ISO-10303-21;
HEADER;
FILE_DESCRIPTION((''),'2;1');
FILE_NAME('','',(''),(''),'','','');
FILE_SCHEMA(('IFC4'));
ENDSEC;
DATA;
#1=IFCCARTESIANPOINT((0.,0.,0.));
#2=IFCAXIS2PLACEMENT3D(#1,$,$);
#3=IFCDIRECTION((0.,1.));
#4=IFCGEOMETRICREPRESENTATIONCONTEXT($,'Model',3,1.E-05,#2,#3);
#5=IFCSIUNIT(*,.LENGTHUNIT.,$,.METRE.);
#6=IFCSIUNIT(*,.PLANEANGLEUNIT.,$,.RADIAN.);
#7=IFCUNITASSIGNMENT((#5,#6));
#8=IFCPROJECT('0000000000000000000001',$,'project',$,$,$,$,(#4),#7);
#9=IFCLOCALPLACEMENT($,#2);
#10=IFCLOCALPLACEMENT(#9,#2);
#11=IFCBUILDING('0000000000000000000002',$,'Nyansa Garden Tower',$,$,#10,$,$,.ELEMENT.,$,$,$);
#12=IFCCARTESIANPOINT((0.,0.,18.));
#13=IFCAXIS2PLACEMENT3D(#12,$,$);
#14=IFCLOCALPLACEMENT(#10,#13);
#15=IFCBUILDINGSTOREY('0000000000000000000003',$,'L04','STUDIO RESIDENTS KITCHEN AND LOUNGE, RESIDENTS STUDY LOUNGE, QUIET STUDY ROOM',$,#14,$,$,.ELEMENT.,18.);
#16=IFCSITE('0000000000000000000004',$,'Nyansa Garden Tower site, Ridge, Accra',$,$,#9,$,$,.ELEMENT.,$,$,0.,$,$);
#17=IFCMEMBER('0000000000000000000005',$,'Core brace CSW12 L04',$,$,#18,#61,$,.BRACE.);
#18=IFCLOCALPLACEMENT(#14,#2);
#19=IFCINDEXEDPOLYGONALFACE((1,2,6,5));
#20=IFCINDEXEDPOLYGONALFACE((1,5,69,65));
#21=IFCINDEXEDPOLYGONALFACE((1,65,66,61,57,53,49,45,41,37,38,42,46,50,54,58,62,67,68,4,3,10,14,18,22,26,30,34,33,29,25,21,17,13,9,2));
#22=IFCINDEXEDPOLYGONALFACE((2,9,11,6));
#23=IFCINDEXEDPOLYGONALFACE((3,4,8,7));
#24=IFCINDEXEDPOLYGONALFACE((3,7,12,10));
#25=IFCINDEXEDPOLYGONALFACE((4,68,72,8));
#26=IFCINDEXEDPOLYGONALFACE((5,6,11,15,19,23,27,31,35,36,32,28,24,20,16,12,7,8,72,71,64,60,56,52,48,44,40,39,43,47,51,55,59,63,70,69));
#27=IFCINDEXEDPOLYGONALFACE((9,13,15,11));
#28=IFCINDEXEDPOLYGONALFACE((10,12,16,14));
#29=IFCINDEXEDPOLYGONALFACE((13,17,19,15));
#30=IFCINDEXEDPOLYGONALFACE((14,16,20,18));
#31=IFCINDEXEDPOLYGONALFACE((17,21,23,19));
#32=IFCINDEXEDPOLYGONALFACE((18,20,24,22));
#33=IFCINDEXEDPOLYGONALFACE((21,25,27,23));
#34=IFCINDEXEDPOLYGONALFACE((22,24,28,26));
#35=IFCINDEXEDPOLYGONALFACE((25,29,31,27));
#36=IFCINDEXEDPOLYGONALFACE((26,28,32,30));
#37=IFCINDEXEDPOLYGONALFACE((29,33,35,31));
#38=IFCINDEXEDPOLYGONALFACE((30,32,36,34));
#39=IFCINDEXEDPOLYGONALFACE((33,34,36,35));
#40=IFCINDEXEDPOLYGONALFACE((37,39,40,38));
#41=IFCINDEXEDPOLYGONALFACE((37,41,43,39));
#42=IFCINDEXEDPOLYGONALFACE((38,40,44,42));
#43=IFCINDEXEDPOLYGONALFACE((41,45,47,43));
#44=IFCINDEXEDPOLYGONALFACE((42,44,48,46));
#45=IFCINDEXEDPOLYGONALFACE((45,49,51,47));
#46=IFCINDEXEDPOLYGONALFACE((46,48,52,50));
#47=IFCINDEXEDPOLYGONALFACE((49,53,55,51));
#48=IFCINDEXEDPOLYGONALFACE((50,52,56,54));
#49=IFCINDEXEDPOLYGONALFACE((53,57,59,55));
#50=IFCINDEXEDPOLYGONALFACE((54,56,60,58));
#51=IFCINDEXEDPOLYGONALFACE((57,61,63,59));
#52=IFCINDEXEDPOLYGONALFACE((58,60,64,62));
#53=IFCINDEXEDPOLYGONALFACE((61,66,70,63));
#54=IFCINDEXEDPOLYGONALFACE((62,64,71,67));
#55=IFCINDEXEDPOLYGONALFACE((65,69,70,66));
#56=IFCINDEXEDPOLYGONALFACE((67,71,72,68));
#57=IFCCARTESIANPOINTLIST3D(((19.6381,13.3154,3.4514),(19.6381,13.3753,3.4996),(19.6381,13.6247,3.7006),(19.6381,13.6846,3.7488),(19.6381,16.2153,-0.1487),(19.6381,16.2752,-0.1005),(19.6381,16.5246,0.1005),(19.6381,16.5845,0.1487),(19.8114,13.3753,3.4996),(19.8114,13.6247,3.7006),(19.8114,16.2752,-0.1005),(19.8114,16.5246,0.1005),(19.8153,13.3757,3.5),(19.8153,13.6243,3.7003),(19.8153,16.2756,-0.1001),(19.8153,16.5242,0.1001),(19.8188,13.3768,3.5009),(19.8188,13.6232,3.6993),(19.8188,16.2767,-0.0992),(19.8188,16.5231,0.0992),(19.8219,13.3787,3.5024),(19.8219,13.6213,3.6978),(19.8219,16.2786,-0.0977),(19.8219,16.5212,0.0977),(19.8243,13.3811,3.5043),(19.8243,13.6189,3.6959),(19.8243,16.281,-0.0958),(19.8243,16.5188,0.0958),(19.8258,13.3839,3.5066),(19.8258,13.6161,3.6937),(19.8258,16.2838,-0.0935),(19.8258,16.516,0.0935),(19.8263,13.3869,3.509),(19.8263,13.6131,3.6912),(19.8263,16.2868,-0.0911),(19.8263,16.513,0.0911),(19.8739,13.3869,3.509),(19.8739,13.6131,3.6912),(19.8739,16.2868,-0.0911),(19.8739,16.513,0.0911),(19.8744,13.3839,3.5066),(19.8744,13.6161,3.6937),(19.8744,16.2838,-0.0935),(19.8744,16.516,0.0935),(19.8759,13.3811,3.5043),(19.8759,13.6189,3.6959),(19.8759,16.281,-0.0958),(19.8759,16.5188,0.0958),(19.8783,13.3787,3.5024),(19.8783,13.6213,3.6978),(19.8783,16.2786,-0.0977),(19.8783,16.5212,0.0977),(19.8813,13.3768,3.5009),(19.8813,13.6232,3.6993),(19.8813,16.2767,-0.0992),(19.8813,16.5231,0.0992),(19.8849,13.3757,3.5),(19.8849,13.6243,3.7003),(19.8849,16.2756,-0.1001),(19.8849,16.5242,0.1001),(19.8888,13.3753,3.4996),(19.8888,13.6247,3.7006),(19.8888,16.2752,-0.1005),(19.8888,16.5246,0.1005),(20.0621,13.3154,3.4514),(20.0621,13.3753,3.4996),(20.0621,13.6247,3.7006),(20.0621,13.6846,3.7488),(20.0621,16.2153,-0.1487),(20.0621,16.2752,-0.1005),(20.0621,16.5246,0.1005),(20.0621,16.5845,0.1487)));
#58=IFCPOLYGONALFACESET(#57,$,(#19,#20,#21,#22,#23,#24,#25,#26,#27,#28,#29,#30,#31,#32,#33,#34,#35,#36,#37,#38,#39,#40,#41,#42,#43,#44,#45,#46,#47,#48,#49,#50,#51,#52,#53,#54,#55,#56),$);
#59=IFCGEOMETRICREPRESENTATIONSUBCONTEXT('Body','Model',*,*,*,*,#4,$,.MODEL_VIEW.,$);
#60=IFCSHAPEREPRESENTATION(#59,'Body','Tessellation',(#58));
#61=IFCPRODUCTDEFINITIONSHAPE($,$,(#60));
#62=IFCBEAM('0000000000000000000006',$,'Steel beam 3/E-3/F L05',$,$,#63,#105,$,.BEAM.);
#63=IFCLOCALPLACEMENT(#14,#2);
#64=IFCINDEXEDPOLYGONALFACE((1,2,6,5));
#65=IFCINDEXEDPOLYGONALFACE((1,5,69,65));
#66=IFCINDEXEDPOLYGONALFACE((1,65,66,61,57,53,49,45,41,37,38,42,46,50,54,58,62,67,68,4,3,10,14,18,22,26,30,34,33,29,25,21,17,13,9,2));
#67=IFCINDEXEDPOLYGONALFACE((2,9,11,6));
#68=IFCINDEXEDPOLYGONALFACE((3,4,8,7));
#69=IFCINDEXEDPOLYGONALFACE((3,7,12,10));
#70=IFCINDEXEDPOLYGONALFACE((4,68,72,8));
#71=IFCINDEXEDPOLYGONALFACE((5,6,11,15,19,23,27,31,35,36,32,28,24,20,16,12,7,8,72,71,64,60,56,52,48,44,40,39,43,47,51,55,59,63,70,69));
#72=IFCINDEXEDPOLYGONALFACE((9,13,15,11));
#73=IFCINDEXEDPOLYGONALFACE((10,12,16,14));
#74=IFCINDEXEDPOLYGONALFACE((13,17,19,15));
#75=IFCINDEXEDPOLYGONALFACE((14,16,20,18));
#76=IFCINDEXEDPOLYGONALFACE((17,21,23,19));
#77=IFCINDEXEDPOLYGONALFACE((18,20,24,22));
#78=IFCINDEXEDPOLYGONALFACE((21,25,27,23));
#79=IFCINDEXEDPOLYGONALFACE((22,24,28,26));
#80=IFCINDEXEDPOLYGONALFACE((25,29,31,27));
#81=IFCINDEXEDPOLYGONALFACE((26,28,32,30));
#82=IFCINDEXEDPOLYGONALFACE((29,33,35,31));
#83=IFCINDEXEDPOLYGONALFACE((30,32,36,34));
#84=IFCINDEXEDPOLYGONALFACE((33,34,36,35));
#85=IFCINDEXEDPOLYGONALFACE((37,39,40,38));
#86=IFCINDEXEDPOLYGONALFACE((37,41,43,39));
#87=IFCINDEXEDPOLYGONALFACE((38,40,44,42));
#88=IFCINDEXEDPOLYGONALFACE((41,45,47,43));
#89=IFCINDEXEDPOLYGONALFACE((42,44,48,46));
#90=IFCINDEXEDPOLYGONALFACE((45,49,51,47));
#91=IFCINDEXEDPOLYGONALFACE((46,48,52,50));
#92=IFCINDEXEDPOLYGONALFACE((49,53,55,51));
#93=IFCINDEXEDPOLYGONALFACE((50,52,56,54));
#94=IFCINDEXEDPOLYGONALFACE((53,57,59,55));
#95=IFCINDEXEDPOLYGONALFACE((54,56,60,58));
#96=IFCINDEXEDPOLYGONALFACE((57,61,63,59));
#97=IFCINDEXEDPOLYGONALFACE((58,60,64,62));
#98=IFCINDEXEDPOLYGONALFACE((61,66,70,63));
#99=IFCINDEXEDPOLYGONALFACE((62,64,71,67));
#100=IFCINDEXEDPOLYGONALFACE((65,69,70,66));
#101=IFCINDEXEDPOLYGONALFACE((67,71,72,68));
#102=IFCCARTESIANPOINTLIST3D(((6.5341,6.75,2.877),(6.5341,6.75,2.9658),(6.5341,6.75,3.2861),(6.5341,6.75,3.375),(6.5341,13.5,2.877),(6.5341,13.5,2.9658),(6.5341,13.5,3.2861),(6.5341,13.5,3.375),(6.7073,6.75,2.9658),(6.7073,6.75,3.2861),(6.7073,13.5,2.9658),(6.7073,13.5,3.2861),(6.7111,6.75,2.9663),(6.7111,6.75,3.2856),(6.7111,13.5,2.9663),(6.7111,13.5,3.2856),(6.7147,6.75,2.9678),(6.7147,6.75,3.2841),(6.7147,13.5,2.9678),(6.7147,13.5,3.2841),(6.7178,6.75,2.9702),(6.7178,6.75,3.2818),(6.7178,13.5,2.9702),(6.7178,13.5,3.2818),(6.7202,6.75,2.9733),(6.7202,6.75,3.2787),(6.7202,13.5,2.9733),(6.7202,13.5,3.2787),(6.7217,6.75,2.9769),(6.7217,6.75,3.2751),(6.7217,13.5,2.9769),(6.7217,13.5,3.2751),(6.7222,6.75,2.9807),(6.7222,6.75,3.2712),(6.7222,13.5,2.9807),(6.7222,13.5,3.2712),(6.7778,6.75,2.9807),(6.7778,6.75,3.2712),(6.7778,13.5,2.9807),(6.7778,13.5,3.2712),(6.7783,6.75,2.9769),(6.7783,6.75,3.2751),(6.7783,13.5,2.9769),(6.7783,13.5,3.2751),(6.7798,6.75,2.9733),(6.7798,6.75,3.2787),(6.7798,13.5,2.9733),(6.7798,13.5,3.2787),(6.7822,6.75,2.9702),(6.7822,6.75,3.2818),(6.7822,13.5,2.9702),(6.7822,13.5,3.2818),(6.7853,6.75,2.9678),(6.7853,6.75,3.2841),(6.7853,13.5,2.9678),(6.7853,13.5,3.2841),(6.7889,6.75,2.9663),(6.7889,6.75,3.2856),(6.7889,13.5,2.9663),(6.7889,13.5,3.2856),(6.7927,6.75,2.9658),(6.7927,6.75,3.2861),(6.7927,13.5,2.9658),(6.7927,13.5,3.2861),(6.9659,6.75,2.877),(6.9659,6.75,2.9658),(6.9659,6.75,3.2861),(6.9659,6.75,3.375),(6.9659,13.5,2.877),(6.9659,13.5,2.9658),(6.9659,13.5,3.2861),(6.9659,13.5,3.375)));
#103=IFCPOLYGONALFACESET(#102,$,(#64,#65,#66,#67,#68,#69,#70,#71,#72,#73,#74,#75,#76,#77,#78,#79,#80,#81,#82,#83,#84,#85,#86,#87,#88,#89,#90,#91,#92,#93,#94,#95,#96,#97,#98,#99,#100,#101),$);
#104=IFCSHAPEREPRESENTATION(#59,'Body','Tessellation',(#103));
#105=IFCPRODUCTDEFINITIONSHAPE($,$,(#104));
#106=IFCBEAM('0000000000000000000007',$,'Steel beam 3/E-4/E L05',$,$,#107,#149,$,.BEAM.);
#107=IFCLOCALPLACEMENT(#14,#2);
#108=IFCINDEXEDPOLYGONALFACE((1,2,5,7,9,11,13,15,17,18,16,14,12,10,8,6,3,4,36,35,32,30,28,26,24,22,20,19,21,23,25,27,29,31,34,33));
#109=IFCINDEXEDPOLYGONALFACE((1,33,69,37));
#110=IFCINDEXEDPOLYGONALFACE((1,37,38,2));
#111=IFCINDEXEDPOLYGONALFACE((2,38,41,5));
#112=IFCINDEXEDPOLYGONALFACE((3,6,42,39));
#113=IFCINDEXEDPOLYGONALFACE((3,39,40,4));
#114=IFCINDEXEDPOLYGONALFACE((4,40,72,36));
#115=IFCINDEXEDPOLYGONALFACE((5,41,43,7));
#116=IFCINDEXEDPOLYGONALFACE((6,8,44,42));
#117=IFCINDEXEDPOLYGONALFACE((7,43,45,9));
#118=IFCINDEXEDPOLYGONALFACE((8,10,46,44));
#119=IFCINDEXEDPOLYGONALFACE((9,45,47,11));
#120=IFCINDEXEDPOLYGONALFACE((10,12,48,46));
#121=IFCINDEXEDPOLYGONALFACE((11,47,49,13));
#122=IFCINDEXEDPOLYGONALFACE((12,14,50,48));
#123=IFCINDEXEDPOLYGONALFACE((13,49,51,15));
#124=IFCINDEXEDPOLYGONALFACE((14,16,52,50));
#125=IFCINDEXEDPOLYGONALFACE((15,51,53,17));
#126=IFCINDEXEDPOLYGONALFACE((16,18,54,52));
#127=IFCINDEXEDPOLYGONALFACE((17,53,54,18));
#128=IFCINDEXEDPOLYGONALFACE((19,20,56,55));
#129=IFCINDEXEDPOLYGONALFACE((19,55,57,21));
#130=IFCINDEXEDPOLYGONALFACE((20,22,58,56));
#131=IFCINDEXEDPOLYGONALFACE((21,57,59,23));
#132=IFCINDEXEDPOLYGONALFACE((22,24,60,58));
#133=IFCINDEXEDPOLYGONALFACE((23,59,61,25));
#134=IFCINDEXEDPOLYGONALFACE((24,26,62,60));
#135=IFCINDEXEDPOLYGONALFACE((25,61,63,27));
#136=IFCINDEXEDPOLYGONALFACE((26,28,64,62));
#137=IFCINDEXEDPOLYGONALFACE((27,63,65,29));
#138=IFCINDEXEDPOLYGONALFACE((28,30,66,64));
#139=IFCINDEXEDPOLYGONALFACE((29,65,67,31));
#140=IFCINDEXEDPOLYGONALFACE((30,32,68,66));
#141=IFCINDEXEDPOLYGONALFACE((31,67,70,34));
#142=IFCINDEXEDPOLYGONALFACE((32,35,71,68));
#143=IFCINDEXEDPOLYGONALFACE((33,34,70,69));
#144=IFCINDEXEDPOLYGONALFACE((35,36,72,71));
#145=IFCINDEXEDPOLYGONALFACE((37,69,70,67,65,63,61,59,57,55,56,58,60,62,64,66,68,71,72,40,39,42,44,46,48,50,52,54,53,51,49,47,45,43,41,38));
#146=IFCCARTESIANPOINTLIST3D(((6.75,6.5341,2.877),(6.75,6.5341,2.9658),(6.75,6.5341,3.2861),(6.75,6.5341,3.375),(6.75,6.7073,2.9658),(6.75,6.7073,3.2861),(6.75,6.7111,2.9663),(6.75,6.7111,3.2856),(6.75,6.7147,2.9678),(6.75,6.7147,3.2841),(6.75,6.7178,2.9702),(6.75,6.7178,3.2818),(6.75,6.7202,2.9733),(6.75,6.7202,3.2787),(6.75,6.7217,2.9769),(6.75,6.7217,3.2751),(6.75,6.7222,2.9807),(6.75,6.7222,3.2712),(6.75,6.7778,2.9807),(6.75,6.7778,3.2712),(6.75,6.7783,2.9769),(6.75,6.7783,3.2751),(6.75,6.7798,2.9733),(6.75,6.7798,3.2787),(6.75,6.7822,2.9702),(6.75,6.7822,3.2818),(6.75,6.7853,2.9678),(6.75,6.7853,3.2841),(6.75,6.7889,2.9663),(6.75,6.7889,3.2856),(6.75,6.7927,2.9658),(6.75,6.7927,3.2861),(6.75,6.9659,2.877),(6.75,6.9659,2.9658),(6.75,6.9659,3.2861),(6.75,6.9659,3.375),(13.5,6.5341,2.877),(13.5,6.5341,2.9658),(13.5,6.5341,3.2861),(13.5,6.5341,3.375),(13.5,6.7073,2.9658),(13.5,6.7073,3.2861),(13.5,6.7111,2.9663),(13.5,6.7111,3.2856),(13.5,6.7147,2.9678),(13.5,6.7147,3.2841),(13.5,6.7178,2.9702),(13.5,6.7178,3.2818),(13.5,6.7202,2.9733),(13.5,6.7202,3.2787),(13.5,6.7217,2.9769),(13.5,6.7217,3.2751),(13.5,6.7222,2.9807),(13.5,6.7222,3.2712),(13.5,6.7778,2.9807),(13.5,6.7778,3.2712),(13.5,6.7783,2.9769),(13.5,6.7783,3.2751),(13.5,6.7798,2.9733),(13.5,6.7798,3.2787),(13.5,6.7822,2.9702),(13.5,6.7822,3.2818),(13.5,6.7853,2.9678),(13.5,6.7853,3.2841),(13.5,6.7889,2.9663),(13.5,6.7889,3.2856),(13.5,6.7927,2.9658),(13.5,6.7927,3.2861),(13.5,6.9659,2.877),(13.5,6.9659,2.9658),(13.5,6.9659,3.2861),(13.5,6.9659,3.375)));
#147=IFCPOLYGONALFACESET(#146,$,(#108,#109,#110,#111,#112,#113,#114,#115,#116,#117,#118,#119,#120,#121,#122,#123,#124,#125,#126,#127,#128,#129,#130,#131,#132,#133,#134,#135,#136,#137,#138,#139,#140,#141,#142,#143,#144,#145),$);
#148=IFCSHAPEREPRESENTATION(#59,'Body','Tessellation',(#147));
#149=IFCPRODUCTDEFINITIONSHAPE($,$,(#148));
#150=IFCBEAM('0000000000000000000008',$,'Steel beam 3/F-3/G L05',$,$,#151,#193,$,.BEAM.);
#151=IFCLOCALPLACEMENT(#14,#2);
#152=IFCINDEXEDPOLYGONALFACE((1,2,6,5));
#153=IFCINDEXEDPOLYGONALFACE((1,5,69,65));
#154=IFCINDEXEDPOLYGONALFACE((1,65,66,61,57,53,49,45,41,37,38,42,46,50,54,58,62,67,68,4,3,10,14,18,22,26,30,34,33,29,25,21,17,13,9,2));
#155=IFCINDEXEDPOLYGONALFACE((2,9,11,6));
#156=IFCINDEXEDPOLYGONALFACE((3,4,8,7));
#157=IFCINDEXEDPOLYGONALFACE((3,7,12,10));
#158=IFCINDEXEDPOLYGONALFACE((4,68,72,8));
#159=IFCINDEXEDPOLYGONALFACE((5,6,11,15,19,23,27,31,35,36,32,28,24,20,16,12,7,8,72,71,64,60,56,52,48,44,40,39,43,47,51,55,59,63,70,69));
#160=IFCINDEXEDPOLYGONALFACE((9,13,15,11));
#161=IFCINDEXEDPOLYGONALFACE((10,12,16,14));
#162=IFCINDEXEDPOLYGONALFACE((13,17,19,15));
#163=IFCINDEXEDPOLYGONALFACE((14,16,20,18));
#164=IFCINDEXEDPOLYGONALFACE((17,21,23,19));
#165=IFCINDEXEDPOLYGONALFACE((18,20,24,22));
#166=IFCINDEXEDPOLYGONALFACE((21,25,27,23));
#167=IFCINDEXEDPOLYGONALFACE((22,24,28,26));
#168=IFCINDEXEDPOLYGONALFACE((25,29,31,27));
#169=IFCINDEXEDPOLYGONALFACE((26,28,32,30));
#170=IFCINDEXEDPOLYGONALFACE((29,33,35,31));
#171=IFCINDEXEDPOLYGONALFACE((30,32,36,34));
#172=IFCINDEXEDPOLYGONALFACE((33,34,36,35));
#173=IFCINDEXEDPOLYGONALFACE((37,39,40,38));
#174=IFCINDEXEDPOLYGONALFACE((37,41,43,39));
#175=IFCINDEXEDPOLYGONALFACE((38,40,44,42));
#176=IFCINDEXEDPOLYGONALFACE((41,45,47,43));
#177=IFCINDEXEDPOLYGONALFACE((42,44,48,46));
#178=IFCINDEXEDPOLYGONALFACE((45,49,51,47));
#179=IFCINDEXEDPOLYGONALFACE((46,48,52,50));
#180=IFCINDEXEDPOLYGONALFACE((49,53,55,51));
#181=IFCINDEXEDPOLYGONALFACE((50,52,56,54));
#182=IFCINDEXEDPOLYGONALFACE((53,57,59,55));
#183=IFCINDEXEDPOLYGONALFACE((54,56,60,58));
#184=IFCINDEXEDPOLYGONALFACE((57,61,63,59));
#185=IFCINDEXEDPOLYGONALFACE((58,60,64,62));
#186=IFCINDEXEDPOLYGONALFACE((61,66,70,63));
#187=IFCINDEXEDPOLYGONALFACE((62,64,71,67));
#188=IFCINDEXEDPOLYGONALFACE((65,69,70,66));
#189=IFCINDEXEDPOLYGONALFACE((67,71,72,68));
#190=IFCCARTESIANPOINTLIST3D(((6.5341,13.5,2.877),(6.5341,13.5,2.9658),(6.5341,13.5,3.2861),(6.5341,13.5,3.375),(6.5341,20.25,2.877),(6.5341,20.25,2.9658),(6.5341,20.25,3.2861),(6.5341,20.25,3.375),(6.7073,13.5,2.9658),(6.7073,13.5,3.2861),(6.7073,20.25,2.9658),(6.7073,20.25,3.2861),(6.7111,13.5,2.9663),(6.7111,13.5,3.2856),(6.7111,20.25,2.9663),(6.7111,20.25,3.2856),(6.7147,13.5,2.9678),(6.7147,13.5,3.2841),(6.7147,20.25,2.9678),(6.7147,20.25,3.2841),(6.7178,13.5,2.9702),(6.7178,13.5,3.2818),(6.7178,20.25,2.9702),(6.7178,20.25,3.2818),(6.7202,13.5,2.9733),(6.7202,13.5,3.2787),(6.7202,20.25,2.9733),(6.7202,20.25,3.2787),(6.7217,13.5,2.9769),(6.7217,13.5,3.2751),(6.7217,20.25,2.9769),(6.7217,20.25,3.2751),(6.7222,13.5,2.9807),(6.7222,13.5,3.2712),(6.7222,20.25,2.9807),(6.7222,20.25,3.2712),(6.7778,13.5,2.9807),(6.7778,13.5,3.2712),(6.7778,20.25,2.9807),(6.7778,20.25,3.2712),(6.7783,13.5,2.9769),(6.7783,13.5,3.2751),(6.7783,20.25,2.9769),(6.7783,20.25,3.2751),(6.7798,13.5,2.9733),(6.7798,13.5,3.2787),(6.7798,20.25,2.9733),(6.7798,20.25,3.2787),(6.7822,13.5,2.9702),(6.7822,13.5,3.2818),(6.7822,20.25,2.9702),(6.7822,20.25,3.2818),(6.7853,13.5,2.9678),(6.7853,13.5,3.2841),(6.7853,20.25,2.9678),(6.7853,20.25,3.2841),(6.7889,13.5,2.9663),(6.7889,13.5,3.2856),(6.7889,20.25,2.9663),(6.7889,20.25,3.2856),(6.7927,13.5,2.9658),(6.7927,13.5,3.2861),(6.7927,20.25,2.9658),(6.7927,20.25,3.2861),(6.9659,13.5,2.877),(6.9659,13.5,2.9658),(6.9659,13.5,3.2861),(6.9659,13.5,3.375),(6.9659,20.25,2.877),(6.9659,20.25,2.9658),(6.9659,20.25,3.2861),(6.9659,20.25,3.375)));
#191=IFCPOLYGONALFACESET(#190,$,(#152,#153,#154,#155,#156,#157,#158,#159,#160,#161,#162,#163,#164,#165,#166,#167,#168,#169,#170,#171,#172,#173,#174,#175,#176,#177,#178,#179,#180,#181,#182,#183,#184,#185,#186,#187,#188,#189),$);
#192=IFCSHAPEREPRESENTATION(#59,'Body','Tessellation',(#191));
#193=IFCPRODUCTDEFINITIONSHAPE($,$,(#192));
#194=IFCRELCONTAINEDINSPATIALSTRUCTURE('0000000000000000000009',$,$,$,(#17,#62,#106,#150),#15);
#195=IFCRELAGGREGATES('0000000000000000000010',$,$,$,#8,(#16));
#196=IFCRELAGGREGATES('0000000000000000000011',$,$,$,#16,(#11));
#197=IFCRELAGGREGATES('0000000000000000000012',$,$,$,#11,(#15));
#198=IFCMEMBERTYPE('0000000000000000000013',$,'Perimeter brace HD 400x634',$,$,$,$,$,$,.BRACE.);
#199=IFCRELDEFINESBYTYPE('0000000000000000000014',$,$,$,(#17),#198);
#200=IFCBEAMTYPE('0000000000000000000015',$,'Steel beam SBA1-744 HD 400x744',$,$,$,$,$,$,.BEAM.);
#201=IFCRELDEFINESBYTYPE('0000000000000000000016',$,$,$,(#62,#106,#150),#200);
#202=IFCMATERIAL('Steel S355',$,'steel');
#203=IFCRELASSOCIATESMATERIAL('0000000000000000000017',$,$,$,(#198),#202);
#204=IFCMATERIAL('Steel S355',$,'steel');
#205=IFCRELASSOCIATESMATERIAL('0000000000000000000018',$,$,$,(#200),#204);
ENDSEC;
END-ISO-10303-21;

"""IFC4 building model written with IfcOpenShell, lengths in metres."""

from ifc_helpers import new_model, si_unit, direction, frame, origin, origin_2d, place, context, subcontext, project, spatial, i_section, extrude, material, material_profile, profile_set, type_object, element, save


model = new_model("IFC4")

# Units and contexts
model_context = context("Model", 3, precision=1e-05, world=origin(), true_north=direction((0.0, 1.0)))
body_context = subcontext(model_context, "Body", "Model", "MODEL_VIEW")
ifc_project = project(units=[si_unit("LENGTHUNIT", "METRE"), si_unit("PLANEANGLEUNIT", "RADIAN")], contexts=[model_context])

# Site, building, storey
site_placement = place(None, origin())
site = spatial("IfcSite", under=ifc_project, at=site_placement, Name="Nyansa Garden Tower site, Ridge, Accra", CompositionType="ELEMENT", RefElevation=0.0)
building_placement = place(site_placement, origin())
building = spatial("IfcBuilding", under=site, at=building_placement, Name="Nyansa Garden Tower", CompositionType="ELEMENT")
storey_placement = place(building_placement, frame((0.0, 0.0, 18.0)))
storey = spatial("IfcBuildingStorey", under=building, at=storey_placement, Name="L04", Description="STUDIO RESIDENTS KITCHEN AND LOUNGE, RESIDENTS STUDY LOUNGE, QUIET STUDY ROOM", CompositionType="ELEMENT", Elevation=18.0)

# Member
ifc_material_1 = material(Name="Steel S355", Category="steel")
ifc_material_profile_1 = material_profile(ifc_material_1, i_section(OverallWidth=0.4241, OverallDepth=0.4741, WebThickness=0.0476, FlangeThickness=0.0769, FilletRadius=0.0149, at=origin_2d()), Name="HD 400x634")
ifc_profile_set_1 = profile_set([ifc_material_profile_1], Name="Steel S355")
member_type = type_object("IfcMemberType", Name="Perimeter brace HD 400x634", PredefinedType="BRACE", material=ifc_profile_set_1)
for number, where, z_axis, x_axis, name in (
    (1, (19.8501, 16.3999, 0.0), (0.0, -0.627306, 0.778773), (1.0, 0.0, 0.0), "Core brace CSW12 L04"),
):
    element("IfcMember", number, at=place(storey_placement, frame(where, z_axis=z_axis, x_axis=x_axis)), inside=storey, type_object=member_type, Name=name, PredefinedType="BRACE", context=body_context, shape_type="SweptSolid", body=[
        extrude(i_section(OverallWidth=0.4241, OverallDepth=0.4741, WebThickness=0.0476, FlangeThickness=0.0769, FilletRadius=0.0149, at=origin_2d()), origin(), (0.0, 0.0, 1.0), 4.6228),
    ])

# Beams
ifc_material_2 = material(Name="Steel S355", Category="steel")
ifc_material_profile_2 = material_profile(ifc_material_2, i_section(OverallWidth=0.4319, OverallDepth=0.498, WebThickness=0.0557, FlangeThickness=0.0889, FilletRadius=0.0149, at=origin_2d()), Name="HD 400x744")
ifc_profile_set_2 = profile_set([ifc_material_profile_2], Name="Steel S355")
beam_type_1 = type_object("IfcBeamType", Name="Steel beam SBA1-744 HD 400x744", PredefinedType="BEAM", material=ifc_profile_set_2)
for number, where, z_axis, x_axis, name in (
    (2, (6.75, 6.75, 3.126), (0.0, 1.0, 0.0), (-1.0, 0.0, 0.0), "Steel beam 3/E-3/F L05"),
    (3, (6.75, 6.75, 3.126), (1.0, 0.0, 0.0), (0.0, 1.0, 0.0), "Steel beam 3/E-4/E L05"),
    (4, (6.75, 13.5, 3.126), (0.0, 1.0, 0.0), (-1.0, 0.0, 0.0), "Steel beam 3/F-3/G L05"),
):
    element("IfcBeam", number, at=place(storey_placement, frame(where, z_axis=z_axis, x_axis=x_axis)), inside=storey, type_object=beam_type_1, Name=name, PredefinedType="BEAM", context=body_context, shape_type="SweptSolid", body=[
        extrude(i_section(OverallWidth=0.4319, OverallDepth=0.498, WebThickness=0.0557, FlangeThickness=0.0889, FilletRadius=0.0149, at=origin_2d()), origin(), (0.0, 0.0, 1.0), 6.75),
    ])

save(model, "model.ifc")
